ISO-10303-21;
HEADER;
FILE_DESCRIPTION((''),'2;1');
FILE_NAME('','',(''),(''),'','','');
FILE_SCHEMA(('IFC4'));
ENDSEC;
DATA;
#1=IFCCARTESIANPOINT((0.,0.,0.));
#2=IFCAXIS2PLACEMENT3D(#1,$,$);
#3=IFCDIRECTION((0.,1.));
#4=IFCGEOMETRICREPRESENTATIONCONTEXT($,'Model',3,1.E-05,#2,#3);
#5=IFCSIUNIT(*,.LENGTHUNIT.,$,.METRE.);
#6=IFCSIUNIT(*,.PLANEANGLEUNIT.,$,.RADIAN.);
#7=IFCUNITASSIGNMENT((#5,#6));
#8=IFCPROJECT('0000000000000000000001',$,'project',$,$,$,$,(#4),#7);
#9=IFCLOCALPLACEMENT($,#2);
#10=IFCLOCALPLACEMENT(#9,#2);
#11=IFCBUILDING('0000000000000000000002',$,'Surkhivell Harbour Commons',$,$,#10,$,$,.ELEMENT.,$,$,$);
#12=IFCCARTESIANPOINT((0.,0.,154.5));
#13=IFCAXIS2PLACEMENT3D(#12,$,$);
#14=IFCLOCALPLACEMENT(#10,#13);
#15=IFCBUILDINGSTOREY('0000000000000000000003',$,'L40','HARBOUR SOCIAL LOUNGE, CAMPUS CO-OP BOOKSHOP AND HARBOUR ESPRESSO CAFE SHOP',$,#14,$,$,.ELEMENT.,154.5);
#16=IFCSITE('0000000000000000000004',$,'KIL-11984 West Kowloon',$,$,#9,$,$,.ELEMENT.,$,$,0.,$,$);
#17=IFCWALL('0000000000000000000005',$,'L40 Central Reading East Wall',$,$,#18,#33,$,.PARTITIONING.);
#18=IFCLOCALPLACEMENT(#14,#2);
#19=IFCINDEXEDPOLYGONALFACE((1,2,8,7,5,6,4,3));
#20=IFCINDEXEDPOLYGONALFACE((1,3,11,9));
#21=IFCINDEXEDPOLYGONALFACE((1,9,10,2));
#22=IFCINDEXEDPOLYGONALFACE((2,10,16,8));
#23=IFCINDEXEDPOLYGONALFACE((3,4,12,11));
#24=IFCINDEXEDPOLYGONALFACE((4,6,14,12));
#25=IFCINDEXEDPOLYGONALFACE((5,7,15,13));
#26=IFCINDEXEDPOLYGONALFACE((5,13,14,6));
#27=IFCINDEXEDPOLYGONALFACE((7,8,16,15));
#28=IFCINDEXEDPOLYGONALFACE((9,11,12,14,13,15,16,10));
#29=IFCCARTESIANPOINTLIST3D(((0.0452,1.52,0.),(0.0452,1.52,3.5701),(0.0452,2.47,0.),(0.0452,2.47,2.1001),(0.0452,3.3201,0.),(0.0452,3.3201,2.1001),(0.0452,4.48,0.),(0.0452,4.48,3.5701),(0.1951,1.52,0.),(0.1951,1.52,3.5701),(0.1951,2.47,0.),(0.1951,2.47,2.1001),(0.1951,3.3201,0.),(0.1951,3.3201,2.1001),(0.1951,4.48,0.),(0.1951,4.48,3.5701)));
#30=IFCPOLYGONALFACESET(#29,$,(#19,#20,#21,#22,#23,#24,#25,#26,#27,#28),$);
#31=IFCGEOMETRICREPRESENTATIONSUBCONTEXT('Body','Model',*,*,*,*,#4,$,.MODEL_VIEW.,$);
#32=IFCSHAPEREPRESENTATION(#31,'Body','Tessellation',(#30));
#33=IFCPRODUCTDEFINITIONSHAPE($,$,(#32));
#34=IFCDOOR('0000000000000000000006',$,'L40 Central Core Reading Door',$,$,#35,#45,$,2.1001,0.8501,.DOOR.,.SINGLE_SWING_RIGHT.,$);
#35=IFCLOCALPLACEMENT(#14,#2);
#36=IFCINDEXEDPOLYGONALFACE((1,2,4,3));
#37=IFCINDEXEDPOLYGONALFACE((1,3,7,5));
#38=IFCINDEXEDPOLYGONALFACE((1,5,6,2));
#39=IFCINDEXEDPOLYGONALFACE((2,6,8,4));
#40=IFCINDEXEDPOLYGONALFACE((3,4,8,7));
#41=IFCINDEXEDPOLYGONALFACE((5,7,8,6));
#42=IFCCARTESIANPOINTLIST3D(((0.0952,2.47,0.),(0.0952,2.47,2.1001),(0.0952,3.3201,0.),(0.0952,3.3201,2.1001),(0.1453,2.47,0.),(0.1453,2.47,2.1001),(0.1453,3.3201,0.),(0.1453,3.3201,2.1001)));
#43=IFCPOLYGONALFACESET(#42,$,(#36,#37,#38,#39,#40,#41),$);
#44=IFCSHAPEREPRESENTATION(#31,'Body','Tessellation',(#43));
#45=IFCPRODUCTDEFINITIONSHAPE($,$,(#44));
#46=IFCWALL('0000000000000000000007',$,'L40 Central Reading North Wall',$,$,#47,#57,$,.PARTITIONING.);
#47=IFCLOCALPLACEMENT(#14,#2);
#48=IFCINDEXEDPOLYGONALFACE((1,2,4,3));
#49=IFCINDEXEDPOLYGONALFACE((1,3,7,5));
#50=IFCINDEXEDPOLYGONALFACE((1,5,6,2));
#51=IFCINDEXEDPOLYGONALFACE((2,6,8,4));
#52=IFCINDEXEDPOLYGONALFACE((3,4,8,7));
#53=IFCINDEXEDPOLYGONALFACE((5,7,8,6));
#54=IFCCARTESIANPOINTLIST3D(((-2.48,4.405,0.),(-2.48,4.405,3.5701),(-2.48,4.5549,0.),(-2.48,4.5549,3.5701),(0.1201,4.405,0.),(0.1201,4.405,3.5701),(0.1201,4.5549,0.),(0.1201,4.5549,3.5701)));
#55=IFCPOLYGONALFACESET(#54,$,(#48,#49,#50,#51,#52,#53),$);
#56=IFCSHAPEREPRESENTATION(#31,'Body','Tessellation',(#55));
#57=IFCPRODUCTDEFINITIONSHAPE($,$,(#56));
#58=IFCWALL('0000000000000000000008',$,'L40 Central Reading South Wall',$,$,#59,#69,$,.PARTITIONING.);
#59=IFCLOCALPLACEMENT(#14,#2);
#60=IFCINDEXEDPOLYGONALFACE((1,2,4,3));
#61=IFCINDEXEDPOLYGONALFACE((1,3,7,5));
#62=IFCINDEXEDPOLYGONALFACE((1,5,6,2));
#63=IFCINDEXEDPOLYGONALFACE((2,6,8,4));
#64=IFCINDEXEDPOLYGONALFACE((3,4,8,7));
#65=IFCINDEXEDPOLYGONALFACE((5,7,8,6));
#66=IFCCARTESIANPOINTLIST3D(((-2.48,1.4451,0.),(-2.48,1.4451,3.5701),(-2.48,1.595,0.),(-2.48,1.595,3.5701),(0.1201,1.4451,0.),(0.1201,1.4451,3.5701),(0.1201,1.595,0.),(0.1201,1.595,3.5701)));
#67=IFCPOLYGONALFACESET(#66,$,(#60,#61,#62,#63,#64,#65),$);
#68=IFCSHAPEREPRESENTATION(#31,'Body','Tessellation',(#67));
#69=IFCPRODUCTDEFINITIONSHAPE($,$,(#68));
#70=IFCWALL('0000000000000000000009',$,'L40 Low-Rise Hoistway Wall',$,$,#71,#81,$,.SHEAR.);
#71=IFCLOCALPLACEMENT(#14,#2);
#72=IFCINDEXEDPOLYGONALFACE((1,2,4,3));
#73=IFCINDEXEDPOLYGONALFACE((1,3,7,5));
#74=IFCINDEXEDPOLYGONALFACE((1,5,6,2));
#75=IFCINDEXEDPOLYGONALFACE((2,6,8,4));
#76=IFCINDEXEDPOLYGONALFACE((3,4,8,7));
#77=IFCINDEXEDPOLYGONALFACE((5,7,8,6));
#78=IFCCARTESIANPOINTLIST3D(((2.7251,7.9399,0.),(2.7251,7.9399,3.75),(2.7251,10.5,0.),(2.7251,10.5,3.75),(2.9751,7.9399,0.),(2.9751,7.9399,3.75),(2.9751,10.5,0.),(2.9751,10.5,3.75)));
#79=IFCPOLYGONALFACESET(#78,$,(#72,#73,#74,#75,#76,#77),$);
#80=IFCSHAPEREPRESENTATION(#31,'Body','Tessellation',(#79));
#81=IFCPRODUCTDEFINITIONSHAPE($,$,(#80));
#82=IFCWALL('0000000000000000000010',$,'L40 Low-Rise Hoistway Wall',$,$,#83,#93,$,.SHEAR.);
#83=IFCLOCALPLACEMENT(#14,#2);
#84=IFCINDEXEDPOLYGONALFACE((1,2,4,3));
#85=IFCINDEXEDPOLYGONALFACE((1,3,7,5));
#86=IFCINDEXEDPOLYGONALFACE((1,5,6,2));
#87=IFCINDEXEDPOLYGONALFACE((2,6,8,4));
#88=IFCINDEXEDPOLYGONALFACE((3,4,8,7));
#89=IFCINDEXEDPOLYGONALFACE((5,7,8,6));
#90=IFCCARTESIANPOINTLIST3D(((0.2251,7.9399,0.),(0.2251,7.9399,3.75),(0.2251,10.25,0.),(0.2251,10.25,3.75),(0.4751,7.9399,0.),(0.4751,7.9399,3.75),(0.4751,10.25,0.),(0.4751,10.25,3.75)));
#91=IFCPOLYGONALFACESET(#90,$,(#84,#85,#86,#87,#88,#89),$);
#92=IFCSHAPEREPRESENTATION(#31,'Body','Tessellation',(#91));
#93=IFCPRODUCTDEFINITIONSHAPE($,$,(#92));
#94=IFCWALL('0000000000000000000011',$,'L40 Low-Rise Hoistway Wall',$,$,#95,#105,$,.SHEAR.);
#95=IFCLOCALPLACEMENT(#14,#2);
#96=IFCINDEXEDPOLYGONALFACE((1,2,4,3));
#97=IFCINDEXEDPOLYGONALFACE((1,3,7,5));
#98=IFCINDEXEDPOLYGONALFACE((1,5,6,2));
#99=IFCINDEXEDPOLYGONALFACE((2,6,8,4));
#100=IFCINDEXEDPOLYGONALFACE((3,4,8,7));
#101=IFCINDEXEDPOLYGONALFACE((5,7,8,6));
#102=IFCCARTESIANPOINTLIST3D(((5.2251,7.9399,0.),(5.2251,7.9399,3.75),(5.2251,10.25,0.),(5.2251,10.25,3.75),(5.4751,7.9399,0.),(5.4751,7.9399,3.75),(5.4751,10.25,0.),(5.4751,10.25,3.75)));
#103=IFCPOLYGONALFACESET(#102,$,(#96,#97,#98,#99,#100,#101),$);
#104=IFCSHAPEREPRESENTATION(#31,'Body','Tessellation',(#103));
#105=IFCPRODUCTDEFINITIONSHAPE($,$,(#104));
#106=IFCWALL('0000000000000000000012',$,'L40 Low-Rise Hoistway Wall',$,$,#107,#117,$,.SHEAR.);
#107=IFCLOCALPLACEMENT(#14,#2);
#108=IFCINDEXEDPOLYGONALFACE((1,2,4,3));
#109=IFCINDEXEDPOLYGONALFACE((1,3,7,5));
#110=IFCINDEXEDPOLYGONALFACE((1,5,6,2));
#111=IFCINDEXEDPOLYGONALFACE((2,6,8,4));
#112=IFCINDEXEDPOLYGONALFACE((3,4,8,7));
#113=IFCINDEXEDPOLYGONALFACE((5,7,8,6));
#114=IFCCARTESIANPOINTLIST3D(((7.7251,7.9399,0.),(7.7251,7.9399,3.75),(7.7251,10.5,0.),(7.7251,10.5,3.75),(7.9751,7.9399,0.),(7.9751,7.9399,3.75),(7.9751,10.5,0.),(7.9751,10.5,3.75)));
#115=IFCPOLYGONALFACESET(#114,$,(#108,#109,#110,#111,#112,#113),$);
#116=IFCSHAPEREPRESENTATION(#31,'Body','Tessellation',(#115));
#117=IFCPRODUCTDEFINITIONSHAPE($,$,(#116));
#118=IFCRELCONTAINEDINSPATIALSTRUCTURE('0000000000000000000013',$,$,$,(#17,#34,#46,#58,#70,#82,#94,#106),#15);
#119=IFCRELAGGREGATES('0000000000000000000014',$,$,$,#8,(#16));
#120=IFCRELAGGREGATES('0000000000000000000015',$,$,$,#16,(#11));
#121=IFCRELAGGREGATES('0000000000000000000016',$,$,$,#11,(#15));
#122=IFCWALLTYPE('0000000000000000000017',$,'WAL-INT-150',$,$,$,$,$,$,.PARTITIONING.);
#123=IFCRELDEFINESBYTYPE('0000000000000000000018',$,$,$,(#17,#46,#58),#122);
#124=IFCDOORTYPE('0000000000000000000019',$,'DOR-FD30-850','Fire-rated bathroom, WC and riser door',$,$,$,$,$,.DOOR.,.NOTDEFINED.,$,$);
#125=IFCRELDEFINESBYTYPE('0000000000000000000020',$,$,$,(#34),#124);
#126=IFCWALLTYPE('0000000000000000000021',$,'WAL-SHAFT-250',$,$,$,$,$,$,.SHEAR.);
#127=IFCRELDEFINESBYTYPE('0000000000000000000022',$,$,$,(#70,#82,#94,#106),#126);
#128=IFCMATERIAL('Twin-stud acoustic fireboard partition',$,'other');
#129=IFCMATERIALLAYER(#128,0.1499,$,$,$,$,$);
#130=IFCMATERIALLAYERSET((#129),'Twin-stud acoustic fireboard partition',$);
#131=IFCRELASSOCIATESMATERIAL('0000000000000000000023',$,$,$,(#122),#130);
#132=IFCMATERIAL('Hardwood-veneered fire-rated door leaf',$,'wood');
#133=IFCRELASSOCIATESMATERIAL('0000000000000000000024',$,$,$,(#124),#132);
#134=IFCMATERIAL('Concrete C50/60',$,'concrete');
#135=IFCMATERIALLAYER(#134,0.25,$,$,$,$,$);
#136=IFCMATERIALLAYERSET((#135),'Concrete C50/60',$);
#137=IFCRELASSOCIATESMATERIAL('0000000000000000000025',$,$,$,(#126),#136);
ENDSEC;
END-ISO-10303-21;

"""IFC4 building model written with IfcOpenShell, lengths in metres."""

from ifc_helpers import new_model, si_unit, direction, frame, frame_2d, origin, place, context, subcontext, project, spatial, rectangle, extrude, material, layer, layer_set, type_object, element, fill, save


model = new_model("IFC4")

# Units and contexts
model_context = context("Model", 3, precision=1e-05, world=origin(), true_north=direction((0.0, 1.0)))
body_context = subcontext(model_context, "Body", "Model", "MODEL_VIEW")
ifc_project = project(units=[si_unit("LENGTHUNIT", "METRE"), si_unit("PLANEANGLEUNIT", "RADIAN")], contexts=[model_context])

# Site, building, storey
site_placement = place(None, origin())
site = spatial("IfcSite", under=ifc_project, at=site_placement, Name="KIL-11984 West Kowloon", CompositionType="ELEMENT", RefElevation=0.0)
building_placement = place(site_placement, origin())
building = spatial("IfcBuilding", under=site, at=building_placement, Name="Surkhivell Harbour Commons", CompositionType="ELEMENT")
storey_placement = place(building_placement, frame((0.0, 0.0, 154.5)))
storey = spatial("IfcBuildingStorey", under=building, at=storey_placement, Name="L40", Description="HARBOUR SOCIAL LOUNGE, CAMPUS CO-OP BOOKSHOP AND HARBOUR ESPRESSO CAFE SHOP", CompositionType="ELEMENT", Elevation=154.5)

# Wall, opening, door
ifc_material_1 = material(Name="Twin-stud acoustic fireboard partition", Category="other")
ifc_layer_1 = layer(ifc_material_1, 0.1499)
ifc_layer_set_1 = layer_set([ifc_layer_1], Name="Twin-stud acoustic fireboard partition")
wall_type_1 = type_object("IfcWallType", Name="WAL-INT-150", PredefinedType="PARTITIONING", material=ifc_layer_set_1)
wall_1_placement = place(storey_placement, frame((0.1201, 1.52, 0.0), z_axis=(0.0, 0.0, 1.0), x_axis=(0.0, 1.0, 0.0)))
wall_1 = element("IfcWall", 1, at=wall_1_placement, inside=storey, type_object=wall_type_1, Name="L40 Central Reading East Wall", PredefinedType="PARTITIONING", context=body_context, shape_type="SweptSolid", body=[
    extrude(rectangle(XDim=2.96, YDim=0.1499, at=frame_2d((1.48, 0.0))), origin(), (0.0, 0.0, 1.0), 3.5701),
])
opening_1_placement = place(wall_1_placement, frame((0.95, 0.0, 0.0)))
opening_1 = element("IfcOpeningElement", 2, at=opening_1_placement, cuts=wall_1, PredefinedType="OPENING", context=body_context, shape_type="SweptSolid", body=[
    extrude(rectangle(XDim=0.8501, YDim=2.1001, at=frame_2d((0.425, 1.05))), frame((0.0, 0.085, 0.0), z_axis=(0.0, -1.0, 0.0), x_axis=(1.0, 0.0, 0.0)), (0.0, 0.0, 1.0), 0.1699),
])
ifc_material_2 = material(Name="Hardwood-veneered fire-rated door leaf", Category="wood")
door_type_1 = type_object("IfcDoorType", Name="DOR-FD30-850", Description="Fire-rated bathroom, WC and riser door", OperationType="NOTDEFINED", PredefinedType="DOOR", material=ifc_material_2)
door_1_placement = place(opening_1_placement, origin())
door_1 = element("IfcDoor", 3, at=door_1_placement, inside=storey, type_object=door_type_1, Name="L40 Central Core Reading Door", OperationType="SINGLE_SWING_RIGHT", OverallHeight=2.1001, OverallWidth=0.8501, PredefinedType="DOOR", context=body_context, shape_type="SweptSolid", body=[
    extrude(rectangle(XDim=0.8501, YDim=2.1001, at=frame_2d((0.425, 1.05))), frame((0.0, 0.0249, 0.0), z_axis=(0.0, -1.0, 0.0), x_axis=(1.0, 0.0, 0.0)), (0.0, 0.0, 1.0), 0.05),
])
fill(opening_1, door_1)

# Walls
for number, where, z_axis, x_axis, name in (
    (4, (-2.48, 4.48, 0.0), (0.0, 0.0, 1.0), (1.0, 0.0, 0.0), "L40 Central Reading North Wall"),
    (5, (-2.48, 1.52, 0.0), (0.0, 0.0, 1.0), (1.0, 0.0, 0.0), "L40 Central Reading South Wall"),
):
    element("IfcWall", number, at=place(storey_placement, frame(where, z_axis=z_axis, x_axis=x_axis)), inside=storey, type_object=wall_type_1, Name=name, PredefinedType="PARTITIONING", context=body_context, shape_type="SweptSolid", body=[
        extrude(rectangle(XDim=2.6001, YDim=0.1499, at=frame_2d((1.3, 0.0))), origin(), (0.0, 0.0, 1.0), 3.5701),
    ])
ifc_material_3 = material(Name="Concrete C50/60", Category="concrete")
ifc_layer_2 = layer(ifc_material_3, 0.25)
ifc_layer_set_2 = layer_set([ifc_layer_2], Name="Concrete C50/60")
wall_type_2 = type_object("IfcWallType", Name="WAL-SHAFT-250", PredefinedType="SHEAR", material=ifc_layer_set_2)
wall_2_placement = place(storey_placement, frame((2.8501, 7.9399, 0.0), z_axis=(0.0, 0.0, 1.0), x_axis=(0.0, 1.0, 0.0)))
element("IfcWall", 6, at=wall_2_placement, inside=storey, type_object=wall_type_2, Name="L40 Low-Rise Hoistway Wall", PredefinedType="SHEAR", context=body_context, shape_type="SweptSolid", body=[
    extrude(rectangle(XDim=2.5601, YDim=0.25, at=frame_2d((1.28, 0.0))), origin(), (0.0, 0.0, 1.0), 3.75),
])
for number, where, z_axis, x_axis, name in (
    (7, (0.3501, 7.9399, 0.0), (0.0, 0.0, 1.0), (0.0, 1.0, 0.0), "L40 Low-Rise Hoistway Wall"),
    (8, (5.3501, 7.9399, 0.0), (0.0, 0.0, 1.0), (0.0, 1.0, 0.0), "L40 Low-Rise Hoistway Wall"),
):
    element("IfcWall", number, at=place(storey_placement, frame(where, z_axis=z_axis, x_axis=x_axis)), inside=storey, type_object=wall_type_2, Name=name, PredefinedType="SHEAR", context=body_context, shape_type="SweptSolid", body=[
        extrude(rectangle(XDim=2.3101, YDim=0.25, at=frame_2d((1.155, 0.0))), origin(), (0.0, 0.0, 1.0), 3.75),
    ])
wall_3_placement = place(storey_placement, frame((7.8501, 7.9399, 0.0), z_axis=(0.0, 0.0, 1.0), x_axis=(0.0, 1.0, 0.0)))
element("IfcWall", 9, at=wall_3_placement, inside=storey, type_object=wall_type_2, Name="L40 Low-Rise Hoistway Wall", PredefinedType="SHEAR", context=body_context, shape_type="SweptSolid", body=[
    extrude(rectangle(XDim=2.5601, YDim=0.25, at=frame_2d((1.28, 0.0))), origin(), (0.0, 0.0, 1.0), 3.75),
])

save(model, "model.ifc")
